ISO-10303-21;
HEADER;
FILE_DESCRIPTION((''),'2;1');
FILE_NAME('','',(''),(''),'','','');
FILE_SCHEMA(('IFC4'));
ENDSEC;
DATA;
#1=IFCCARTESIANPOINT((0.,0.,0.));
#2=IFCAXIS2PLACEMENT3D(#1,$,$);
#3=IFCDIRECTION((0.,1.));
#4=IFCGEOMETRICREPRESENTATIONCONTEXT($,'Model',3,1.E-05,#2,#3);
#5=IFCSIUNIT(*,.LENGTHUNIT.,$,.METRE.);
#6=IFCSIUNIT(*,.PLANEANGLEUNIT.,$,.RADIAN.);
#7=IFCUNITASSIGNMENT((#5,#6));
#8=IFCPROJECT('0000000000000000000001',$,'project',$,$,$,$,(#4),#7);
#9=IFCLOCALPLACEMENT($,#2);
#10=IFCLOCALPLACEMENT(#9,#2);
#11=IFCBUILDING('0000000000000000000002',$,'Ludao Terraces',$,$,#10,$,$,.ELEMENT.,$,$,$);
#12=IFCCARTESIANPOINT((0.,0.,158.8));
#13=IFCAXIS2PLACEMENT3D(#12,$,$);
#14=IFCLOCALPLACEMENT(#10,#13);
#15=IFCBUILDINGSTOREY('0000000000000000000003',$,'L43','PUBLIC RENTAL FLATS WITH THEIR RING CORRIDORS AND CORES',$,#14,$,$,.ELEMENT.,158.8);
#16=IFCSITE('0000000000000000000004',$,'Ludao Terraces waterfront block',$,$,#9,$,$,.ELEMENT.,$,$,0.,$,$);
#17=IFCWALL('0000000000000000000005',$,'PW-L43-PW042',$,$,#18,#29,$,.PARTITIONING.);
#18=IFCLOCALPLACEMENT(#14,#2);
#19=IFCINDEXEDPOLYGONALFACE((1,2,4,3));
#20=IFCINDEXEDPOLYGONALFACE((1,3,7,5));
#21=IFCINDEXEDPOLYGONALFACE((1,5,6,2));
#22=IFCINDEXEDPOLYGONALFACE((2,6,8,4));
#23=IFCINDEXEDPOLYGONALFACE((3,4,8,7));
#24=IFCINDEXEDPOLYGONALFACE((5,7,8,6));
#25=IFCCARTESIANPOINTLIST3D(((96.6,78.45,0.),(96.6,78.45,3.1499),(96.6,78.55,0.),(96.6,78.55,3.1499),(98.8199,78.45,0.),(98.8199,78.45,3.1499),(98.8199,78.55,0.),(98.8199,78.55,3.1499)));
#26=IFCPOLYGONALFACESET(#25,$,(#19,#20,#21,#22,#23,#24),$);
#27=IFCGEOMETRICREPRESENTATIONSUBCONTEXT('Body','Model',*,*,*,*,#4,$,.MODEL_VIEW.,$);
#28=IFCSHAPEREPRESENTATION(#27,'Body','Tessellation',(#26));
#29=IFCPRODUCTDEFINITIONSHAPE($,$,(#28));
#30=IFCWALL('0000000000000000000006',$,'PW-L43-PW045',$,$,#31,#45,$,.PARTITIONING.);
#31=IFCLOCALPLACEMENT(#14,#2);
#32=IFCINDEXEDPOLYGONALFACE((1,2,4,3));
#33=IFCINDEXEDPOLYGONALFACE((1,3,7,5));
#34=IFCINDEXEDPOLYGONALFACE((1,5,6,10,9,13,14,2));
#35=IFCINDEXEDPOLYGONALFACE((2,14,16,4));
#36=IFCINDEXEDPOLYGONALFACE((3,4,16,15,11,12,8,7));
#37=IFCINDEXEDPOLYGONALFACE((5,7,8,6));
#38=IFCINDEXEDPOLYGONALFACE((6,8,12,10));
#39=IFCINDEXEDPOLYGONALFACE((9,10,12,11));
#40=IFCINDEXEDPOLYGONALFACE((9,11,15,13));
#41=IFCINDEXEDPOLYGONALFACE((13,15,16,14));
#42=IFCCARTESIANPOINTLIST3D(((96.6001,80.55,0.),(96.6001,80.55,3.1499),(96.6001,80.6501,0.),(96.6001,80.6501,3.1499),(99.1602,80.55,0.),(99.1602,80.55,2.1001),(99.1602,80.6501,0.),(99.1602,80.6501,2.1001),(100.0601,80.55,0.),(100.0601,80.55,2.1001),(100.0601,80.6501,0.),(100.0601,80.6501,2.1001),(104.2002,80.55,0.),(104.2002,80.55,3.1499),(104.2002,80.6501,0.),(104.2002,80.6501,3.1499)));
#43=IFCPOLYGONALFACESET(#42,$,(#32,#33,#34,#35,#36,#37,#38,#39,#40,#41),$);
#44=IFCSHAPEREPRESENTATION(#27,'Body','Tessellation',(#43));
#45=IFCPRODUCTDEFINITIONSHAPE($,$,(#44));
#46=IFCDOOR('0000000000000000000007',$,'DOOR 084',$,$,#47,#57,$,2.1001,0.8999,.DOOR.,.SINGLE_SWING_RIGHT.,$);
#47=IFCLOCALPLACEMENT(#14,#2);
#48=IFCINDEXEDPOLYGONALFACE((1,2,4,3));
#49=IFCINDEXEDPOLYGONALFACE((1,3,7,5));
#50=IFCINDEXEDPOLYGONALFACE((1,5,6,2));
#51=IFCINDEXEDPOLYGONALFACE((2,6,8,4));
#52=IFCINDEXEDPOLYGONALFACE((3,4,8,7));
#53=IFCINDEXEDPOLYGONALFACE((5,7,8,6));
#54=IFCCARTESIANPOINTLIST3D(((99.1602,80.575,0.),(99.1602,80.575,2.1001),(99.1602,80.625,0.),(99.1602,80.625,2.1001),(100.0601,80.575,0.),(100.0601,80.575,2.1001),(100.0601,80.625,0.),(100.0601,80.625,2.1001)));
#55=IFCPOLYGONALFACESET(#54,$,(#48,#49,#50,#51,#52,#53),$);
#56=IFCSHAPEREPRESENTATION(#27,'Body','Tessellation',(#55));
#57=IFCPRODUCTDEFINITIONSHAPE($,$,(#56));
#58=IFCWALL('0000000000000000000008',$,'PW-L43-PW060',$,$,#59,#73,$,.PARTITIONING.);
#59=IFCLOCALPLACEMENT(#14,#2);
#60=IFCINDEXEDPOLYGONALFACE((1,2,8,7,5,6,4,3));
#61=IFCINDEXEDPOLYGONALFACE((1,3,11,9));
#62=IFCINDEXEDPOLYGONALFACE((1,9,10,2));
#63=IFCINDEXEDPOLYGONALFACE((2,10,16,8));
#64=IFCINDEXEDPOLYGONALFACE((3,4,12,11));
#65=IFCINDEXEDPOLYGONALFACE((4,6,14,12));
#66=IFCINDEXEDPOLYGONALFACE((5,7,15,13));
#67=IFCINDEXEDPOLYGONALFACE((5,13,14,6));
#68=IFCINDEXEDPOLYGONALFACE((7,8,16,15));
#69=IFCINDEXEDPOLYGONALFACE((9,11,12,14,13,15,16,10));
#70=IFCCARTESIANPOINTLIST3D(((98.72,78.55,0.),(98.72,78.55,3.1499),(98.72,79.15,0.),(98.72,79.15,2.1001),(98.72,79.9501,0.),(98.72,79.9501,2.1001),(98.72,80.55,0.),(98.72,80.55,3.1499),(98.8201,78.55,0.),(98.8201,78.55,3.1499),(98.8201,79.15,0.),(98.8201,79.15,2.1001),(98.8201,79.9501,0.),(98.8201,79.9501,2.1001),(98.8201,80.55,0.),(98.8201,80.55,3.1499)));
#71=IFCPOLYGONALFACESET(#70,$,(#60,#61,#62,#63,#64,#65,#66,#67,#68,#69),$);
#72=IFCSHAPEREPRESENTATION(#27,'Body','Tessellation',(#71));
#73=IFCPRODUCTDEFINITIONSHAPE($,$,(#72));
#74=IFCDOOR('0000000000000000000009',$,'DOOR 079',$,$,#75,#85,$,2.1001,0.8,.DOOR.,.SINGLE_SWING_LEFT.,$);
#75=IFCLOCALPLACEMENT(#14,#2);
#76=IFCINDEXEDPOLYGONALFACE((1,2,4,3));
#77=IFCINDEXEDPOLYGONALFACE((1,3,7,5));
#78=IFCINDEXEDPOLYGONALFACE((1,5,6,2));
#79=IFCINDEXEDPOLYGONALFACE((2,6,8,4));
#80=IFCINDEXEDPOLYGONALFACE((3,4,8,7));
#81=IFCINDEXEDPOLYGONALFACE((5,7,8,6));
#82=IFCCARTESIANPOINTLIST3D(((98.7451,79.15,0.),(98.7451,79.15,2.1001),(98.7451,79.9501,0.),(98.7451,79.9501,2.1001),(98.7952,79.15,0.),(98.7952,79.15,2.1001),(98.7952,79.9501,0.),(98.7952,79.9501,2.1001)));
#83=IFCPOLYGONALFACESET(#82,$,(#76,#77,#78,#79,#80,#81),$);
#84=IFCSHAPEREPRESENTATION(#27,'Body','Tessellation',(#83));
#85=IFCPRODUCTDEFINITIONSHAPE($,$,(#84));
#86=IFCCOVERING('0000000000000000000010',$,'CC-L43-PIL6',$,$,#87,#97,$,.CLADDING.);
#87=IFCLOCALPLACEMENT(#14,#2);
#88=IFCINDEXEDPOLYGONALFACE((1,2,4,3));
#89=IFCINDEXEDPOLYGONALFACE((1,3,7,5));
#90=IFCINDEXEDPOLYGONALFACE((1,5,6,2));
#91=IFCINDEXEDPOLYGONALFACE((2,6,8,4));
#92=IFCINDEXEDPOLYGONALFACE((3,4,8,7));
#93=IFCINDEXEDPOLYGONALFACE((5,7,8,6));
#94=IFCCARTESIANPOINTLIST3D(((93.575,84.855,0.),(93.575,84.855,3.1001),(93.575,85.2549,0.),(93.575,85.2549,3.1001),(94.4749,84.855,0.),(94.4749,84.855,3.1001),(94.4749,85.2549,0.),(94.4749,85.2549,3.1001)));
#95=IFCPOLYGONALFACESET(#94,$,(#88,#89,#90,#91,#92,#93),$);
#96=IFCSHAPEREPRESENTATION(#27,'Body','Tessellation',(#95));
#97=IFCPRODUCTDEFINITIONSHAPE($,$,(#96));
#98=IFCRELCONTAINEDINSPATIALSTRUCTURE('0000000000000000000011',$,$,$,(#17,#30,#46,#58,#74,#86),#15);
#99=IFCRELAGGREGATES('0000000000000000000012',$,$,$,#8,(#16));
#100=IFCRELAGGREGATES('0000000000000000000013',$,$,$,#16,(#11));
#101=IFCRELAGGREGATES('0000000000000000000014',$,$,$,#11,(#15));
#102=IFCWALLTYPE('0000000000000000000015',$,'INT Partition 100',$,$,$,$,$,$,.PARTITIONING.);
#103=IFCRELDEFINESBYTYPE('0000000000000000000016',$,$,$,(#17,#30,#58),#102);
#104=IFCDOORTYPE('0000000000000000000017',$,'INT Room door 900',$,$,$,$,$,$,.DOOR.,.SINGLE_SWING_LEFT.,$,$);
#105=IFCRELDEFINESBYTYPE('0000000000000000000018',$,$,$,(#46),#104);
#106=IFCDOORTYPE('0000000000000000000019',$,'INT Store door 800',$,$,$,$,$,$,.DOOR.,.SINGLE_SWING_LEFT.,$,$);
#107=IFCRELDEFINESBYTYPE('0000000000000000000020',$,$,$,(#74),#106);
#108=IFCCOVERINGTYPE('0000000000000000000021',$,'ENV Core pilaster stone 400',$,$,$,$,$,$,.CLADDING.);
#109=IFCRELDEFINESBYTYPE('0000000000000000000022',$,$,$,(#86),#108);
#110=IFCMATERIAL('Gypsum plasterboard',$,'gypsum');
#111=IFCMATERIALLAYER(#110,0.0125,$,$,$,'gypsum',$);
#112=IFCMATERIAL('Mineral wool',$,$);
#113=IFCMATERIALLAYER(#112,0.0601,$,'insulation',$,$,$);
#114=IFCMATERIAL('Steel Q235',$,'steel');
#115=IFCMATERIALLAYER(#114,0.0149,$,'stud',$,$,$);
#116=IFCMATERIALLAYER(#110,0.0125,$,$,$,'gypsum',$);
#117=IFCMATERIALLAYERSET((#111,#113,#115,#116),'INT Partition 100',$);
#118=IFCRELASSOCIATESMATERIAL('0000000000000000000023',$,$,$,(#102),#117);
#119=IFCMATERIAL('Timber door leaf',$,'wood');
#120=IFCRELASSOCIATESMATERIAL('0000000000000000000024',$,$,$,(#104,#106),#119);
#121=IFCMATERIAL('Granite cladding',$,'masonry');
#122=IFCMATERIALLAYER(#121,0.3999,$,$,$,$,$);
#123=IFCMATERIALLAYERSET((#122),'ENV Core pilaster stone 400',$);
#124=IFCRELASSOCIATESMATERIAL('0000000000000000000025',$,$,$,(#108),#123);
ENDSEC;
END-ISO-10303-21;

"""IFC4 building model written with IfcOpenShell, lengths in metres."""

from ifc_helpers import new_model, si_unit, direction, frame, frame_2d, origin, origin_2d, place, context, subcontext, project, spatial, rectangle, extrude, material, layer, layer_set, type_object, element, fill, save


model = new_model("IFC4")

# Units and contexts
model_context = context("Model", 3, precision=1e-05, world=origin(), true_north=direction((0.0, 1.0)))
body_context = subcontext(model_context, "Body", "Model", "MODEL_VIEW")
ifc_project = project(units=[si_unit("LENGTHUNIT", "METRE"), si_unit("PLANEANGLEUNIT", "RADIAN")], contexts=[model_context])

# Site, building, storey
site_placement = place(None, origin())
site = spatial("IfcSite", under=ifc_project, at=site_placement, Name="Ludao Terraces waterfront block", CompositionType="ELEMENT", RefElevation=0.0)
building_placement = place(site_placement, origin())
building = spatial("IfcBuilding", under=site, at=building_placement, Name="Ludao Terraces", CompositionType="ELEMENT")
storey_placement = place(building_placement, frame((0.0, 0.0, 158.8)))
storey = spatial("IfcBuildingStorey", under=building, at=storey_placement, Name="L43", Description="PUBLIC RENTAL FLATS WITH THEIR RING CORRIDORS AND CORES", CompositionType="ELEMENT", Elevation=158.8)

# Shared definitions
ifc_material_1 = material(Name="Steel Q235", Category="steel")

# Shared definitions
ifc_material_2 = material(Name="Granite cladding", Category="masonry")
ifc_material_3 = material(Name="Mineral wool")

# Wall
ifc_material_4 = material(Name="Gypsum plasterboard", Category="gypsum")
ifc_layer_1 = layer(ifc_material_4, 0.0125, Category="gypsum")
ifc_layer_2 = layer(ifc_material_3, 0.0601, Name="insulation")
ifc_layer_3 = layer(ifc_material_1, 0.0149, Name="stud")
ifc_layer_4 = layer(ifc_material_4, 0.0125, Category="gypsum")
ifc_layer_set_1 = layer_set([ifc_layer_1, ifc_layer_2, ifc_layer_3, ifc_layer_4], Name="INT Partition 100")
wall_type_1 = type_object("IfcWallType", Name="INT Partition 100", PredefinedType="PARTITIONING", material=ifc_layer_set_1)
for number, where, z_axis, x_axis, name in (
    (1, (96.6001, 78.5, 0.0), (0.0, 0.0, 1.0), (1.0, 0.0, 0.0), "PW-L43-PW042"),
):
    element("IfcWall", number, at=place(storey_placement, frame(where, z_axis=z_axis, x_axis=x_axis)), inside=storey, type_object=wall_type_1, Name=name, PredefinedType="PARTITIONING", context=body_context, shape_type="SweptSolid", body=[
        extrude(rectangle(XDim=2.22, YDim=0.1001, at=frame_2d((1.1099, 0.0))), origin(), (0.0, 0.0, 1.0), 3.1499),
    ])

# Walls, openings, doors
wall_1_placement = place(storey_placement, frame((96.6001, 80.6001, 0.0), z_axis=(0.0, 0.0, 1.0), x_axis=(1.0, 0.0, 0.0)))
wall_1 = element("IfcWall", 2, at=wall_1_placement, inside=storey, type_object=wall_type_1, Name="PW-L43-PW045", PredefinedType="PARTITIONING", context=body_context, shape_type="SweptSolid", body=[
    extrude(rectangle(XDim=7.6001, YDim=0.1001, at=frame_2d((3.8, 0.0))), origin(), (0.0, 0.0, 1.0), 3.1499),
])
opening_1_placement = place(wall_1_placement, frame((2.5601, 0.0, 0.0)))
opening_1 = element("IfcOpeningElement", 3, at=opening_1_placement, cuts=wall_1, PredefinedType="OPENING", context=body_context, shape_type="SweptSolid", body=[
    extrude(rectangle(XDim=0.8999, YDim=2.1001, at=frame_2d((0.45, 1.05))), frame((0.0, 0.0601, 0.0), z_axis=(0.0, -1.0, 0.0), x_axis=(1.0, 0.0, 0.0)), (0.0, 0.0, 1.0), 0.1201),
])
ifc_material_5 = material(Name="Timber door leaf", Category="wood")
door_type_1 = type_object("IfcDoorType", Name="INT Room door 900", OperationType="SINGLE_SWING_LEFT", PredefinedType="DOOR", material=ifc_material_5)
door_1_placement = place(opening_1_placement, origin())
door_1 = element("IfcDoor", 4, at=door_1_placement, inside=storey, type_object=door_type_1, Name="DOOR 084", OperationType="SINGLE_SWING_RIGHT", OverallHeight=2.1001, OverallWidth=0.8999, PredefinedType="DOOR", context=body_context, shape_type="SweptSolid", body=[
    extrude(rectangle(XDim=0.8999, YDim=2.1001, at=frame_2d((0.45, 1.05))), frame((0.0, 0.0249, 0.0), z_axis=(0.0, -1.0, 0.0), x_axis=(1.0, 0.0, 0.0)), (0.0, 0.0, 1.0), 0.05),
])
fill(opening_1, door_1)
wall_2_placement = place(storey_placement, frame((98.77, 78.55, 0.0), z_axis=(0.0, 0.0, 1.0), x_axis=(0.0, 1.0, 0.0)))
wall_2 = element("IfcWall", 5, at=wall_2_placement, inside=storey, type_object=wall_type_1, Name="PW-L43-PW060", PredefinedType="PARTITIONING", context=body_context, shape_type="SweptSolid", body=[
    extrude(rectangle(XDim=2.0, YDim=0.1001, at=frame_2d((1.0, 0.0))), origin(), (0.0, 0.0, 1.0), 3.1499),
])
opening_2_placement = place(wall_2_placement, frame((0.6001, 0.0, 0.0)))
opening_2 = element("IfcOpeningElement", 6, at=opening_2_placement, cuts=wall_2, PredefinedType="OPENING", context=body_context, shape_type="SweptSolid", body=[
    extrude(rectangle(XDim=0.8, YDim=2.1001, at=frame_2d((0.3999, 1.05))), frame((0.0, 0.0601, 0.0), z_axis=(0.0, -1.0, 0.0), x_axis=(1.0, 0.0, 0.0)), (0.0, 0.0, 1.0), 0.1201),
])
door_type_2 = type_object("IfcDoorType", Name="INT Store door 800", OperationType="SINGLE_SWING_LEFT", PredefinedType="DOOR", material=ifc_material_5)
door_2_placement = place(opening_2_placement, origin())
door_2 = element("IfcDoor", 7, at=door_2_placement, inside=storey, type_object=door_type_2, Name="DOOR 079", OperationType="SINGLE_SWING_LEFT", OverallHeight=2.1001, OverallWidth=0.8, PredefinedType="DOOR", context=body_context, shape_type="SweptSolid", body=[
    extrude(rectangle(XDim=0.8, YDim=2.1001, at=frame_2d((0.3999, 1.05))), frame((0.0, 0.0249, 0.0), z_axis=(0.0, -1.0, 0.0), x_axis=(1.0, 0.0, 0.0)), (0.0, 0.0, 1.0), 0.05),
])
fill(opening_2, door_2)

# Covering
ifc_layer_5 = layer(ifc_material_2, 0.3999)
ifc_layer_set_2 = layer_set([ifc_layer_5], Name="ENV Core pilaster stone 400")
covering_type = type_object("IfcCoveringType", Name="ENV Core pilaster stone 400", PredefinedType="CLADDING", material=ifc_layer_set_2)
covering_placement = place(storey_placement, frame((94.0249, 85.0549, 0.0), z_axis=(0.0, 0.0, 1.0), x_axis=(1.0, 0.0, 0.0)))
element("IfcCovering", 8, at=covering_placement, inside=storey, type_object=covering_type, Name="CC-L43-PIL6", PredefinedType="CLADDING", context=body_context, shape_type="SweptSolid", body=[
    extrude(rectangle(XDim=0.8999, YDim=0.3999, at=origin_2d()), origin(), (0.0, 0.0, 1.0), 3.1001),
])

save(model, "model.ifc")
